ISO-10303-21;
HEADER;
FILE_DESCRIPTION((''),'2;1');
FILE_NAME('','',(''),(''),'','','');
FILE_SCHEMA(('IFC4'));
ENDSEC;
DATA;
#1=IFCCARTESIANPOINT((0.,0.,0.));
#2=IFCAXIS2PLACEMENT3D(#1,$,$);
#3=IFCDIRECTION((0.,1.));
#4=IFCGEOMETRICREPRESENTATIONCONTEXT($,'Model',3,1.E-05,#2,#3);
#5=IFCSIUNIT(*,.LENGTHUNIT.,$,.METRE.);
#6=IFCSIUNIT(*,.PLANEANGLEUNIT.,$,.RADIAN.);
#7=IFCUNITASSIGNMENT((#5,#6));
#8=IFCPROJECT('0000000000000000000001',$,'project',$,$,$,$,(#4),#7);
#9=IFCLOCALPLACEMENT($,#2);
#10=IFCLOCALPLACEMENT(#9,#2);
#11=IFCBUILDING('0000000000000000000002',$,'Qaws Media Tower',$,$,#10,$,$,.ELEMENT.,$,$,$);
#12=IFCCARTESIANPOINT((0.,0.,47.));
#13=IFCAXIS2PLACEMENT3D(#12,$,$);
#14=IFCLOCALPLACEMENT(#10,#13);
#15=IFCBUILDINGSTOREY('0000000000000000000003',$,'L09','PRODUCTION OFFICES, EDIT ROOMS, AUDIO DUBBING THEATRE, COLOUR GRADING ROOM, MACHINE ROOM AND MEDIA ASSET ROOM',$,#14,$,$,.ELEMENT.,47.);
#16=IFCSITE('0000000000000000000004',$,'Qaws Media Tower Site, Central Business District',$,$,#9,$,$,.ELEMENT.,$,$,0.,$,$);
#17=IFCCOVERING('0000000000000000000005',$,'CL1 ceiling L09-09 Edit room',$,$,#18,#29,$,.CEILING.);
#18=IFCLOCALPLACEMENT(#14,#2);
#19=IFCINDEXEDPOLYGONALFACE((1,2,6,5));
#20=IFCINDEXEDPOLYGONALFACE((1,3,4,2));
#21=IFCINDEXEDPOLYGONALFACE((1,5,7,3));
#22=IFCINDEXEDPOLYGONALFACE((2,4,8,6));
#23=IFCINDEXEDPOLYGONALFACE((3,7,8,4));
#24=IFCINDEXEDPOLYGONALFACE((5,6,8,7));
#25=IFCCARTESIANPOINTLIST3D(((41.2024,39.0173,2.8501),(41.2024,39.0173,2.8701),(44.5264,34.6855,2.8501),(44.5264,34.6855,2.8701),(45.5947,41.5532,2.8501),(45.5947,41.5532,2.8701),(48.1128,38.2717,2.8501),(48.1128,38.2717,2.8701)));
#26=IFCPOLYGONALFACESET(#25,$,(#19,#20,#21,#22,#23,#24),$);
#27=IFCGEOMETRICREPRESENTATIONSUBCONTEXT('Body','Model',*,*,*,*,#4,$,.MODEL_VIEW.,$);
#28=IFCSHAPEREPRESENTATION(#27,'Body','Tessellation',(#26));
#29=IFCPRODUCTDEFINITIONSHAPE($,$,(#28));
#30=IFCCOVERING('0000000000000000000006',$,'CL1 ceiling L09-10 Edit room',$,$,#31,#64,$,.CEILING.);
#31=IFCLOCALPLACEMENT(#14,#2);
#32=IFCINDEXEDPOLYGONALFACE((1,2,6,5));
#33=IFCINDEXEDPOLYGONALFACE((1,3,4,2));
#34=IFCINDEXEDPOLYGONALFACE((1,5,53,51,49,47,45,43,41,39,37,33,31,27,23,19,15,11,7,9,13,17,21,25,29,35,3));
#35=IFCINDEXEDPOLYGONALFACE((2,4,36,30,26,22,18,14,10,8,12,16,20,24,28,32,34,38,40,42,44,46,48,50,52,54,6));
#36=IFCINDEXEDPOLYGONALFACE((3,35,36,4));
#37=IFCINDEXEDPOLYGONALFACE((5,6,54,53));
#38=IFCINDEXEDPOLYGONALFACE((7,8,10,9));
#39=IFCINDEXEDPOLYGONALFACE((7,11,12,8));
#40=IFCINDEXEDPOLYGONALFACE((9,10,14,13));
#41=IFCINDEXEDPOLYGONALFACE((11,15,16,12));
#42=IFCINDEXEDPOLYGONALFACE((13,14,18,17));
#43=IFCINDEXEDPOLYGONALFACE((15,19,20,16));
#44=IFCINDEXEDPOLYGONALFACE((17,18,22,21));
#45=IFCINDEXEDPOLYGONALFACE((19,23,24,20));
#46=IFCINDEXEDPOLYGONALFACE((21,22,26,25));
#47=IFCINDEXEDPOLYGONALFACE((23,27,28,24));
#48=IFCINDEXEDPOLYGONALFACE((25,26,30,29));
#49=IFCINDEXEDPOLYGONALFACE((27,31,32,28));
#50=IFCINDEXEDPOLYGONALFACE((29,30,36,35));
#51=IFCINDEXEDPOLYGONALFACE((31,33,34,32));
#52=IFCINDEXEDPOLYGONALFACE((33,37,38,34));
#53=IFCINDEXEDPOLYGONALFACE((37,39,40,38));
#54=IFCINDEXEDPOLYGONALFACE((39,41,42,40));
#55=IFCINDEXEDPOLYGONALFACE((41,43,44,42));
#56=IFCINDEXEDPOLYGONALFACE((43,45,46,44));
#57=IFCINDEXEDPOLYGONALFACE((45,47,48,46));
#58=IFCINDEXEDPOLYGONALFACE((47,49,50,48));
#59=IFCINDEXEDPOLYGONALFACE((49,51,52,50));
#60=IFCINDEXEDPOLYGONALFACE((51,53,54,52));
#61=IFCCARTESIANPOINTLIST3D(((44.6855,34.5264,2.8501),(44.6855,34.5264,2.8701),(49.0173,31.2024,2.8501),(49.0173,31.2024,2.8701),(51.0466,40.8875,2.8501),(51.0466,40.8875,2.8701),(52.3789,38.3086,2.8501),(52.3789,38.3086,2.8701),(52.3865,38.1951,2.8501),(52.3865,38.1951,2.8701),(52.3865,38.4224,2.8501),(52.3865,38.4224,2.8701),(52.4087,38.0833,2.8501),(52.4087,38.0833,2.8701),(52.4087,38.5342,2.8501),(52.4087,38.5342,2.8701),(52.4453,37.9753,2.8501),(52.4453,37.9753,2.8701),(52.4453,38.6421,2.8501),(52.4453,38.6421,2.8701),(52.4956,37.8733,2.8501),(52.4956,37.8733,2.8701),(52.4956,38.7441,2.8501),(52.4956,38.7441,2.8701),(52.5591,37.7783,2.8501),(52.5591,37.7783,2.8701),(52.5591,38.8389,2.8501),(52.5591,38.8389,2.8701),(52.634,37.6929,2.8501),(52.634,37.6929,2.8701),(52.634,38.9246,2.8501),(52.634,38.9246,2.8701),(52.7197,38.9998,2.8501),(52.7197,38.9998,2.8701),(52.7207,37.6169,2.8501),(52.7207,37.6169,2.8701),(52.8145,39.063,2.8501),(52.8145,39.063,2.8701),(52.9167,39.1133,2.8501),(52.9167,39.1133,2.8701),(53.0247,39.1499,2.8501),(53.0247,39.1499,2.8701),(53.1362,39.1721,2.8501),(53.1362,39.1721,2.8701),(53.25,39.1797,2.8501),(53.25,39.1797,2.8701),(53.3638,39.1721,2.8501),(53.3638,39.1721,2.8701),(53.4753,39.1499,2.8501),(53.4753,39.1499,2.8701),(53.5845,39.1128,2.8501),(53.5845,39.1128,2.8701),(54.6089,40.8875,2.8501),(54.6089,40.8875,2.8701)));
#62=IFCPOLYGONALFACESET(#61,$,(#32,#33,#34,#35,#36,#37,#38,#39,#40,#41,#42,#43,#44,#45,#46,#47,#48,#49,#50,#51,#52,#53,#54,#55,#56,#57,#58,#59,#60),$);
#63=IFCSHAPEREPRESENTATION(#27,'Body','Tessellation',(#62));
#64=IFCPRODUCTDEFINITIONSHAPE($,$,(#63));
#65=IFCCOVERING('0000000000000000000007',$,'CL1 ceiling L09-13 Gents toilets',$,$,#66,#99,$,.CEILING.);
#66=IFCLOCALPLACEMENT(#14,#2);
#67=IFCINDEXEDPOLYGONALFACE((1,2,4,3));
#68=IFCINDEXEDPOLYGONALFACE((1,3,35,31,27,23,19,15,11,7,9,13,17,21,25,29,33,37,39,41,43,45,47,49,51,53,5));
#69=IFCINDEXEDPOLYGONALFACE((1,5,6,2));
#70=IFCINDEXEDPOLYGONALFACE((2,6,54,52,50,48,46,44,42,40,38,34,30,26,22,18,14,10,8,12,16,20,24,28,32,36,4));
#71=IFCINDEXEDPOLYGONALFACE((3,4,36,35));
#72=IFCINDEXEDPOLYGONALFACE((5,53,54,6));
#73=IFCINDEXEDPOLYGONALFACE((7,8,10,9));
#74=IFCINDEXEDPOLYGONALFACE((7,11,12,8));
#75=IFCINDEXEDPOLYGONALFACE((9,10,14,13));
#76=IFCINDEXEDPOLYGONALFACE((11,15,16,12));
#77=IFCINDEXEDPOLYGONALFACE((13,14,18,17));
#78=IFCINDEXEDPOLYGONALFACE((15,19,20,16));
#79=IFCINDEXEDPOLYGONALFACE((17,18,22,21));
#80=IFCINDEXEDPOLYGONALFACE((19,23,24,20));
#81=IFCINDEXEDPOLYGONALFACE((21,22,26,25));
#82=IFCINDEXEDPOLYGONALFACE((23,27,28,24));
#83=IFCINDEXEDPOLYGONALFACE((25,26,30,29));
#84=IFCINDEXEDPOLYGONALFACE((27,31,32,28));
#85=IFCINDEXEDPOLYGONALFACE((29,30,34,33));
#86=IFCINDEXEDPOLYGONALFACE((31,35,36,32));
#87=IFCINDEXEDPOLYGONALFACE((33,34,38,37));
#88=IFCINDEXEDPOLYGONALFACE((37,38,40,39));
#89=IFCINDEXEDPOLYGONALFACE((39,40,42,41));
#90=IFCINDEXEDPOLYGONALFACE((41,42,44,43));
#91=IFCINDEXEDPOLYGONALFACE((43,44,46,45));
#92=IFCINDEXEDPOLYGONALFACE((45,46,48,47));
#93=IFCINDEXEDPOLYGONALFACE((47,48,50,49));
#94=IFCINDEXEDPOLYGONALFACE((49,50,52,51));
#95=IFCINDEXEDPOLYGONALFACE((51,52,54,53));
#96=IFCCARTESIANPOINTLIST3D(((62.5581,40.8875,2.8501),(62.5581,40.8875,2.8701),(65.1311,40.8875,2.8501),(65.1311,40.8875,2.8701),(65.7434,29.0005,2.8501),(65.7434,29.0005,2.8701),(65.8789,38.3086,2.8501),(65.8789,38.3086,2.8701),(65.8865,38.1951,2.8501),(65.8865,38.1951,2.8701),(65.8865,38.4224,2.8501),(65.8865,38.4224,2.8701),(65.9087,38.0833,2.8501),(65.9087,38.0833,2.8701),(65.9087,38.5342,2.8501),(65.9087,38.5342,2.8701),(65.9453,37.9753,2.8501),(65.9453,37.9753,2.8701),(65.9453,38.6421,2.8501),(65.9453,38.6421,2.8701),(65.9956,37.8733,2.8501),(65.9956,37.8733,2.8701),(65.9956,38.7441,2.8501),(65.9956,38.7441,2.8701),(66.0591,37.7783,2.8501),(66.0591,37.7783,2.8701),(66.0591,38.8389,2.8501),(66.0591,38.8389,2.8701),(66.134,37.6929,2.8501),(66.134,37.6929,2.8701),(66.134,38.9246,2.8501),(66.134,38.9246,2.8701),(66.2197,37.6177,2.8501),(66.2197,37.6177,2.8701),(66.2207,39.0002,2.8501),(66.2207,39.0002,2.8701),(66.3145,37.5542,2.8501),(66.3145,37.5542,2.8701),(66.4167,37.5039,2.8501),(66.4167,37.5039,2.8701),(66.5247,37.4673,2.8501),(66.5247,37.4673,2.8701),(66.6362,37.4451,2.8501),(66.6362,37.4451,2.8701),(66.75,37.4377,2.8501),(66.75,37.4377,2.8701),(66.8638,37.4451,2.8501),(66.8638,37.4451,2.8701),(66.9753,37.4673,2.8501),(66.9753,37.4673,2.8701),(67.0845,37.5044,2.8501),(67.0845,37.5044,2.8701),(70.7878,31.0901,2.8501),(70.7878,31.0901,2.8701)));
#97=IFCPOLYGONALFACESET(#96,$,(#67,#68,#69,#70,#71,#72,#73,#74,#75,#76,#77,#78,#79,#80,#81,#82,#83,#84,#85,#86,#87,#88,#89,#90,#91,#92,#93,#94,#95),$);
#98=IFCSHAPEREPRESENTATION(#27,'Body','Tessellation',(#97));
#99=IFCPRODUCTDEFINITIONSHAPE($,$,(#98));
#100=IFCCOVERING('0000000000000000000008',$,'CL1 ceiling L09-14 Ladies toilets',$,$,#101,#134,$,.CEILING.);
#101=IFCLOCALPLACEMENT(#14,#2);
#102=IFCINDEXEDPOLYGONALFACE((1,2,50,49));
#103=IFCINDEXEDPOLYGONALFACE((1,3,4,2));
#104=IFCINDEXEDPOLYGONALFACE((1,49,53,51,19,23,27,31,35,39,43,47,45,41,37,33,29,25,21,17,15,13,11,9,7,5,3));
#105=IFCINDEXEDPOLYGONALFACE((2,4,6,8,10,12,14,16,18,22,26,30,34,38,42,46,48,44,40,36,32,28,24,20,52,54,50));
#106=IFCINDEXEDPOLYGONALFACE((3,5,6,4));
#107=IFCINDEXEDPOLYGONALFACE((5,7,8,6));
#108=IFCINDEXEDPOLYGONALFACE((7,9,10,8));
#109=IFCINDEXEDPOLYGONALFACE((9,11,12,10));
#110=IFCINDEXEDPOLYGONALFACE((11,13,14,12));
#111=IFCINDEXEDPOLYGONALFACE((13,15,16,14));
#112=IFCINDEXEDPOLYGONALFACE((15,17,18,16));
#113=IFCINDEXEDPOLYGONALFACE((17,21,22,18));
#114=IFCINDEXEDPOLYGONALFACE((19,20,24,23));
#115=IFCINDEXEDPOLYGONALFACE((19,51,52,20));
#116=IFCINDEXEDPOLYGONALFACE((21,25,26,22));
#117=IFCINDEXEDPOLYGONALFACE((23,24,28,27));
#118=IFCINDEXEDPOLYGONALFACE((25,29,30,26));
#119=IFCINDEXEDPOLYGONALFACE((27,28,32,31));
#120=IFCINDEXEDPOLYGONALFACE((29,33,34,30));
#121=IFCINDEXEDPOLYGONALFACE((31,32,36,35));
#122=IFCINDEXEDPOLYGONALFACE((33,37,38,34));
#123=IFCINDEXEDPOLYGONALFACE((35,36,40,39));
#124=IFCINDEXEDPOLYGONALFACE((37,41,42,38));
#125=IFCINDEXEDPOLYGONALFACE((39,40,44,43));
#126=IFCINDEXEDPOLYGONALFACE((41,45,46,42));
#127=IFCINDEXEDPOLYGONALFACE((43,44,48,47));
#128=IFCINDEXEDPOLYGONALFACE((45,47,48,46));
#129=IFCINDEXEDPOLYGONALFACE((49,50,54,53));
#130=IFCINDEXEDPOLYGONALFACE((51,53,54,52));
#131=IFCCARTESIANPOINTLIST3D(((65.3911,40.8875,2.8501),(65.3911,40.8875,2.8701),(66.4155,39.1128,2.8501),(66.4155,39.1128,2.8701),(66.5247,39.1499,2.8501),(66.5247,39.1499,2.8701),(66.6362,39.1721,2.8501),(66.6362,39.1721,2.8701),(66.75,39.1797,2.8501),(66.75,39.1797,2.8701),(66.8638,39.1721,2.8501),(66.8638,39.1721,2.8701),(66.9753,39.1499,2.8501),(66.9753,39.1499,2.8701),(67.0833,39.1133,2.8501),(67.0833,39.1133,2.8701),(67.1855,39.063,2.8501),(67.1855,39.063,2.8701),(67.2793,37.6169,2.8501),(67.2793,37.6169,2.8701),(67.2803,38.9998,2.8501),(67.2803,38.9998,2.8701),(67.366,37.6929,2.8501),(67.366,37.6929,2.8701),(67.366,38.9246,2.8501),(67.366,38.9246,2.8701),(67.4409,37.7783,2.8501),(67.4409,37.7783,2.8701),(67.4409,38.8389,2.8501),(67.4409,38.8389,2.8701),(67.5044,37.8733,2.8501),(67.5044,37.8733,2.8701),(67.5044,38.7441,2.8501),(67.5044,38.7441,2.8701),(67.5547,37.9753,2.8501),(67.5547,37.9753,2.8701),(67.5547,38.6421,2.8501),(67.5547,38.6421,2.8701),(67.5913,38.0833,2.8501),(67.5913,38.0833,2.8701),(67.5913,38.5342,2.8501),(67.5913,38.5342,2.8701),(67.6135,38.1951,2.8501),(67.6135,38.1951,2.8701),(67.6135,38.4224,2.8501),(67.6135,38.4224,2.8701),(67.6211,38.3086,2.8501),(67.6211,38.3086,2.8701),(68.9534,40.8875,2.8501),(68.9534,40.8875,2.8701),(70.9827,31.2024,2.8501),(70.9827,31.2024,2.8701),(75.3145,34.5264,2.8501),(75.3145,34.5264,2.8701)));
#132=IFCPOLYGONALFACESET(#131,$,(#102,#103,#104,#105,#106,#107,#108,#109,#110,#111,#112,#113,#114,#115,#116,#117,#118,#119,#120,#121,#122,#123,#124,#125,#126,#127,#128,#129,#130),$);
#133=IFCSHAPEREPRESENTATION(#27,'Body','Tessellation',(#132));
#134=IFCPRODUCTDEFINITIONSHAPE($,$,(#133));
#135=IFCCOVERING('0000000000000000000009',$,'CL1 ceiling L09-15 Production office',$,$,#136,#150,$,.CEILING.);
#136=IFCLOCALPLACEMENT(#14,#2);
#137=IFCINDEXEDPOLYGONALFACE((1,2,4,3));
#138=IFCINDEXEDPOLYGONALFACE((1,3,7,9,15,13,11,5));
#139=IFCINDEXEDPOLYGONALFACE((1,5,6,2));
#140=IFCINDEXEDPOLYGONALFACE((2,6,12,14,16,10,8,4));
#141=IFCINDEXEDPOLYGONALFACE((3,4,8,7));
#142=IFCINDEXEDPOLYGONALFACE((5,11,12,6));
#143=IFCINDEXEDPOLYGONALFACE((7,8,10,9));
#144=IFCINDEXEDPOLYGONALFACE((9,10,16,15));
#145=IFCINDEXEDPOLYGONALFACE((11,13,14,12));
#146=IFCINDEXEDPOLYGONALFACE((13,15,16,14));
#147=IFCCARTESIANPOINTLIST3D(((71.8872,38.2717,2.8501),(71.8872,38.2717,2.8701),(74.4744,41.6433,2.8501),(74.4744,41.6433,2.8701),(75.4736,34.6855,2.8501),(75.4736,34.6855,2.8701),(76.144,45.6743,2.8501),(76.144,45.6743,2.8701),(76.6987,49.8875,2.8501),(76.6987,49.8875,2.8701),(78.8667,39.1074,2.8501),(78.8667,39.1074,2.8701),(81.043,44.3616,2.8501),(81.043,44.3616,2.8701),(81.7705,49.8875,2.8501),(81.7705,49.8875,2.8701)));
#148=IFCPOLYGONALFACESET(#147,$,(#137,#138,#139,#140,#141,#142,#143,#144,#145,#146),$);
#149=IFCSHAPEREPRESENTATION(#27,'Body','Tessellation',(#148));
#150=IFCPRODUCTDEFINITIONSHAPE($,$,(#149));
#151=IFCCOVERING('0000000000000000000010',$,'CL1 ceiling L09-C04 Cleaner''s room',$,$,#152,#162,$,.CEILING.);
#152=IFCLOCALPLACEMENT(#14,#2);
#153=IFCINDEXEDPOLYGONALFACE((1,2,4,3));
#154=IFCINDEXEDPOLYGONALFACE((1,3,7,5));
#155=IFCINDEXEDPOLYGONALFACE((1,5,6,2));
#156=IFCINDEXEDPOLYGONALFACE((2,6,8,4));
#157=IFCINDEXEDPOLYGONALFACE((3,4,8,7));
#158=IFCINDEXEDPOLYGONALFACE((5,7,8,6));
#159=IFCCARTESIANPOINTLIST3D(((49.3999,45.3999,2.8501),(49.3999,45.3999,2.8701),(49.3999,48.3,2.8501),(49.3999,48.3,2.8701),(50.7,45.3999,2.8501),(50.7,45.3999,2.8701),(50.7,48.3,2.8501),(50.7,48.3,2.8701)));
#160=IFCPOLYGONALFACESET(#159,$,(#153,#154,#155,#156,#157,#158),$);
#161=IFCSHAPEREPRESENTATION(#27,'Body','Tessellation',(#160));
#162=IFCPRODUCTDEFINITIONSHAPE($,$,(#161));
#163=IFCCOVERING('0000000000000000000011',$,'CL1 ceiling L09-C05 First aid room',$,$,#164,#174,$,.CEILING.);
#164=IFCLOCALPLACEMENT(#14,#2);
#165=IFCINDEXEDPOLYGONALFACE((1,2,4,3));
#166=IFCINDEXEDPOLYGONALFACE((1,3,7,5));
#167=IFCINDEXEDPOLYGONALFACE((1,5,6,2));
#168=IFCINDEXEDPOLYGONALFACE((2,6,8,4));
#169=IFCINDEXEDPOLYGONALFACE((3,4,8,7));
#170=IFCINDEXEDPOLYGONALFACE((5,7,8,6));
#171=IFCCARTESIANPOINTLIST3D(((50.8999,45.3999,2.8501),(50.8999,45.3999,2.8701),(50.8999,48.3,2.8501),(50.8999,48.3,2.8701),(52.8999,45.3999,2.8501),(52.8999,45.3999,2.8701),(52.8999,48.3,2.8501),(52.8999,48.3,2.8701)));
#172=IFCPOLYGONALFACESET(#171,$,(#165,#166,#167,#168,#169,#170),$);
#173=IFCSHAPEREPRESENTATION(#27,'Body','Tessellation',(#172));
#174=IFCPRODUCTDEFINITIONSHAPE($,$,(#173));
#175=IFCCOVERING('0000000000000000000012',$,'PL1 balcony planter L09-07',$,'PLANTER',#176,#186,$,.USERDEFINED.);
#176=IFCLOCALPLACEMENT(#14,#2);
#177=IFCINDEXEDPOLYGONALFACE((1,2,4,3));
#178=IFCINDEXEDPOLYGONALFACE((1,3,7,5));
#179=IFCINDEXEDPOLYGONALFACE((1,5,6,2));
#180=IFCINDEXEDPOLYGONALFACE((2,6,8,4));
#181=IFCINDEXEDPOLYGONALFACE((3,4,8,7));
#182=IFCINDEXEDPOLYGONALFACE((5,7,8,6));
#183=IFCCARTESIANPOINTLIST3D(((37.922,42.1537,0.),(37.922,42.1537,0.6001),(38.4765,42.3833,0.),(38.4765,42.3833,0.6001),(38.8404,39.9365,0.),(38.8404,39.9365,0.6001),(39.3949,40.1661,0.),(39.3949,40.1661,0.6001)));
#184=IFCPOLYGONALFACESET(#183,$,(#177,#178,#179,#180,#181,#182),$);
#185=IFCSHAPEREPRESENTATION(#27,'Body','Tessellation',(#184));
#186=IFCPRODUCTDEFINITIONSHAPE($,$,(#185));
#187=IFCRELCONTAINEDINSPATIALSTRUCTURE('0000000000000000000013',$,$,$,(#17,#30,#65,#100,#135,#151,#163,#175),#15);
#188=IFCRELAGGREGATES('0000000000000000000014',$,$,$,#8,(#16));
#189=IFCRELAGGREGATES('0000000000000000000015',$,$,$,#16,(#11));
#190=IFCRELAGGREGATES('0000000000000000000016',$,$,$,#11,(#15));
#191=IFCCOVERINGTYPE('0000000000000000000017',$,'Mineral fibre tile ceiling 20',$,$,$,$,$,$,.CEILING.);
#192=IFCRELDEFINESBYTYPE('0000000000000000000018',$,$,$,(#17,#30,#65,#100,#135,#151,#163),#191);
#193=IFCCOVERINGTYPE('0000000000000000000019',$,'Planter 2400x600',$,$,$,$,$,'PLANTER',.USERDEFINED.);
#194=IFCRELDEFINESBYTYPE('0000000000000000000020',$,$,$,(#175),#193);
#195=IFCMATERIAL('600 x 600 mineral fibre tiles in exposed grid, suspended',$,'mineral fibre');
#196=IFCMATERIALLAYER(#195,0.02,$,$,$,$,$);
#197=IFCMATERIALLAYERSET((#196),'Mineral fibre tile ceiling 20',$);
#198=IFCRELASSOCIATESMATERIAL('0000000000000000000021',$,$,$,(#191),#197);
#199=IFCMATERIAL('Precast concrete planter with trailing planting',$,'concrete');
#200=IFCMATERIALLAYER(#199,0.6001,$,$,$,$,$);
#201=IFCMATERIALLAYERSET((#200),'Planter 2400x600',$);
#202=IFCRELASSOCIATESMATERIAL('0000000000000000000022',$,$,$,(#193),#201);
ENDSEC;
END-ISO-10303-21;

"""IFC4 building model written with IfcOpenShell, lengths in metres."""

from ifc_helpers import new_model, si_unit, direction, frame, origin, origin_2d, place, context, subcontext, project, spatial, polyline, rectangle, outline, extrude, material, layer, layer_set, type_object, element, save


model = new_model("IFC4")

# Units and contexts
model_context = context("Model", 3, precision=1e-05, world=origin(), true_north=direction((0.0, 1.0)))
body_context = subcontext(model_context, "Body", "Model", "MODEL_VIEW")
ifc_project = project(units=[si_unit("LENGTHUNIT", "METRE"), si_unit("PLANEANGLEUNIT", "RADIAN")], contexts=[model_context])

# Site, building, storey
site_placement = place(None, origin())
site = spatial("IfcSite", under=ifc_project, at=site_placement, Name="Qaws Media Tower Site, Central Business District", CompositionType="ELEMENT", RefElevation=0.0)
building_placement = place(site_placement, origin())
building = spatial("IfcBuilding", under=site, at=building_placement, Name="Qaws Media Tower", CompositionType="ELEMENT")
storey_placement = place(building_placement, frame((0.0, 0.0, 47.0)))
storey = spatial("IfcBuildingStorey", under=building, at=storey_placement, Name="L09", Description="PRODUCTION OFFICES, EDIT ROOMS, AUDIO DUBBING THEATRE, COLOUR GRADING ROOM, MACHINE ROOM AND MEDIA ASSET ROOM", CompositionType="ELEMENT", Elevation=47.0)

# Coverings
ifc_material_1 = material(Name="600 x 600 mineral fibre tiles in exposed grid, suspended", Category="mineral fibre")
ifc_layer_1 = layer(ifc_material_1, 0.02)
ifc_layer_set_1 = layer_set([ifc_layer_1], Name="Mineral fibre tile ceiling 20")
covering_type_1 = type_object("IfcCoveringType", Name="Mineral fibre tile ceiling 20", PredefinedType="CEILING", material=ifc_layer_set_1)
covering_1_placement = place(storey_placement, frame((0.0, 0.0, 2.8501)))
element("IfcCovering", 1, at=covering_1_placement, inside=storey, type_object=covering_type_1, Name="CL1 ceiling L09-09 Edit room", PredefinedType="CEILING", context=body_context, shape_type="SweptSolid", body=[
    extrude(outline(polyline([(41.2024, 39.0173), (45.5947, 41.5532), (48.1128, 38.2717), (44.5264, 34.6855), (41.2024, 39.0173)])), origin(), (0.0, 0.0, 1.0), 0.02),
])
covering_2_placement = place(storey_placement, frame((0.0, 0.0, 2.8501)))
element("IfcCovering", 2, at=covering_2_placement, inside=storey, type_object=covering_type_1, Name="CL1 ceiling L09-10 Edit room", PredefinedType="CEILING", context=body_context, shape_type="SweptSolid", body=[
    extrude(outline(polyline([(44.6855, 34.5264), (51.0466, 40.8875), (54.6089, 40.8875), (53.5845, 39.1128), (53.4753, 39.1499), (53.3638, 39.1721), (53.25, 39.1797), (53.1362, 39.1721), (53.0247, 39.1499), (52.9167, 39.1133), (52.8145, 39.063), (52.7197, 38.9998), (52.634, 38.9246), (52.5591, 38.8389), (52.4956, 38.7441), (52.4453, 38.6421), (52.4087, 38.5342), (52.3865, 38.4224), (52.3789, 38.3086), (52.3865, 38.1951), (52.4087, 38.0833), (52.4453, 37.9753), (52.4956, 37.8733), (52.5591, 37.7783), (52.634, 37.6929), (52.7207, 37.6169), (49.0173, 31.2024), (44.6855, 34.5264)])), origin(), (0.0, 0.0, 1.0), 0.02),
])
covering_3_placement = place(storey_placement, frame((0.0, 0.0, 2.8501)))
element("IfcCovering", 3, at=covering_3_placement, inside=storey, type_object=covering_type_1, Name="CL1 ceiling L09-13 Gents toilets", PredefinedType="CEILING", context=body_context, shape_type="SweptSolid", body=[
    extrude(outline(polyline([(65.7434, 29.0005), (62.5581, 40.8875), (65.1311, 40.8875), (66.2207, 39.0002), (66.134, 38.9246), (66.0591, 38.8389), (65.9956, 38.7441), (65.9453, 38.6421), (65.9087, 38.5342), (65.8865, 38.4224), (65.8789, 38.3086), (65.8865, 38.1951), (65.9087, 38.0833), (65.9453, 37.9753), (65.9956, 37.8733), (66.0591, 37.7783), (66.134, 37.6929), (66.2197, 37.6177), (66.3145, 37.5542), (66.4167, 37.5039), (66.5247, 37.4673), (66.6362, 37.4451), (66.75, 37.4377), (66.8638, 37.4451), (66.9753, 37.4673), (67.0845, 37.5044), (70.7878, 31.0901), (65.7434, 29.0005)])), origin(), (0.0, 0.0, 1.0), 0.02),
])
covering_4_placement = place(storey_placement, frame((0.0, 0.0, 2.8501)))
element("IfcCovering", 4, at=covering_4_placement, inside=storey, type_object=covering_type_1, Name="CL1 ceiling L09-14 Ladies toilets", PredefinedType="CEILING", context=body_context, shape_type="SweptSolid", body=[
    extrude(outline(polyline([(68.9534, 40.8875), (75.3145, 34.5264), (70.9827, 31.2024), (67.2793, 37.6169), (67.366, 37.6929), (67.4409, 37.7783), (67.5044, 37.8733), (67.5547, 37.9753), (67.5913, 38.0833), (67.6135, 38.1951), (67.6211, 38.3086), (67.6135, 38.4224), (67.5913, 38.5342), (67.5547, 38.6421), (67.5044, 38.7441), (67.4409, 38.8389), (67.366, 38.9246), (67.2803, 38.9998), (67.1855, 39.063), (67.0833, 39.1133), (66.9753, 39.1499), (66.8638, 39.1721), (66.75, 39.1797), (66.6362, 39.1721), (66.5247, 39.1499), (66.4155, 39.1128), (65.3911, 40.8875), (68.9534, 40.8875)])), origin(), (0.0, 0.0, 1.0), 0.02),
])
covering_5_placement = place(storey_placement, frame((0.0, 0.0, 2.8501)))
element("IfcCovering", 5, at=covering_5_placement, inside=storey, type_object=covering_type_1, Name="CL1 ceiling L09-15 Production office", PredefinedType="CEILING", context=body_context, shape_type="SweptSolid", body=[
    extrude(outline(polyline([(81.043, 44.3616), (78.8667, 39.1074), (75.4736, 34.6855), (71.8872, 38.2717), (74.4744, 41.6433), (76.144, 45.6743), (76.6987, 49.8875), (81.7705, 49.8875), (81.043, 44.3616)])), origin(), (0.0, 0.0, 1.0), 0.02),
])
covering_6_placement = place(storey_placement, frame((0.0, 0.0, 2.8501)))
element("IfcCovering", 6, at=covering_6_placement, inside=storey, type_object=covering_type_1, Name="CL1 ceiling L09-C04 Cleaner's room", PredefinedType="CEILING", context=body_context, shape_type="SweptSolid", body=[
    extrude(outline(polyline([(49.3999, 45.3999), (49.3999, 48.3), (50.7, 48.3), (50.7, 45.3999), (49.3999, 45.3999)])), origin(), (0.0, 0.0, 1.0), 0.02),
])
covering_7_placement = place(storey_placement, frame((0.0, 0.0, 2.8501)))
element("IfcCovering", 7, at=covering_7_placement, inside=storey, type_object=covering_type_1, Name="CL1 ceiling L09-C05 First aid room", PredefinedType="CEILING", context=body_context, shape_type="SweptSolid", body=[
    extrude(outline(polyline([(50.8999, 45.3999), (50.8999, 48.3), (52.8999, 48.3), (52.8999, 45.3999), (50.8999, 45.3999)])), origin(), (0.0, 0.0, 1.0), 0.02),
])
ifc_material_2 = material(Name="Precast concrete planter with trailing planting", Category="concrete")
ifc_layer_2 = layer(ifc_material_2, 0.6001)
ifc_layer_set_2 = layer_set([ifc_layer_2], Name="Planter 2400x600")
covering_type_2 = type_object("IfcCoveringType", Name="Planter 2400x600", ElementType="PLANTER", PredefinedType="USERDEFINED", material=ifc_layer_set_2)
covering_8_placement = place(storey_placement, frame((38.6584, 41.1599, 0.0), z_axis=(0.0, 0.0, 1.0), x_axis=(0.382683, -0.92388, 0.0)))
element("IfcCovering", 8, at=covering_8_placement, inside=storey, type_object=covering_type_2, Name="PL1 balcony planter L09-07", ObjectType="PLANTER", PredefinedType="USERDEFINED", context=body_context, shape_type="SweptSolid", body=[
    extrude(rectangle(XDim=2.3999, YDim=0.6001, at=origin_2d()), origin(), (0.0, 0.0, 1.0), 0.6001),
])

save(model, "model.ifc")
